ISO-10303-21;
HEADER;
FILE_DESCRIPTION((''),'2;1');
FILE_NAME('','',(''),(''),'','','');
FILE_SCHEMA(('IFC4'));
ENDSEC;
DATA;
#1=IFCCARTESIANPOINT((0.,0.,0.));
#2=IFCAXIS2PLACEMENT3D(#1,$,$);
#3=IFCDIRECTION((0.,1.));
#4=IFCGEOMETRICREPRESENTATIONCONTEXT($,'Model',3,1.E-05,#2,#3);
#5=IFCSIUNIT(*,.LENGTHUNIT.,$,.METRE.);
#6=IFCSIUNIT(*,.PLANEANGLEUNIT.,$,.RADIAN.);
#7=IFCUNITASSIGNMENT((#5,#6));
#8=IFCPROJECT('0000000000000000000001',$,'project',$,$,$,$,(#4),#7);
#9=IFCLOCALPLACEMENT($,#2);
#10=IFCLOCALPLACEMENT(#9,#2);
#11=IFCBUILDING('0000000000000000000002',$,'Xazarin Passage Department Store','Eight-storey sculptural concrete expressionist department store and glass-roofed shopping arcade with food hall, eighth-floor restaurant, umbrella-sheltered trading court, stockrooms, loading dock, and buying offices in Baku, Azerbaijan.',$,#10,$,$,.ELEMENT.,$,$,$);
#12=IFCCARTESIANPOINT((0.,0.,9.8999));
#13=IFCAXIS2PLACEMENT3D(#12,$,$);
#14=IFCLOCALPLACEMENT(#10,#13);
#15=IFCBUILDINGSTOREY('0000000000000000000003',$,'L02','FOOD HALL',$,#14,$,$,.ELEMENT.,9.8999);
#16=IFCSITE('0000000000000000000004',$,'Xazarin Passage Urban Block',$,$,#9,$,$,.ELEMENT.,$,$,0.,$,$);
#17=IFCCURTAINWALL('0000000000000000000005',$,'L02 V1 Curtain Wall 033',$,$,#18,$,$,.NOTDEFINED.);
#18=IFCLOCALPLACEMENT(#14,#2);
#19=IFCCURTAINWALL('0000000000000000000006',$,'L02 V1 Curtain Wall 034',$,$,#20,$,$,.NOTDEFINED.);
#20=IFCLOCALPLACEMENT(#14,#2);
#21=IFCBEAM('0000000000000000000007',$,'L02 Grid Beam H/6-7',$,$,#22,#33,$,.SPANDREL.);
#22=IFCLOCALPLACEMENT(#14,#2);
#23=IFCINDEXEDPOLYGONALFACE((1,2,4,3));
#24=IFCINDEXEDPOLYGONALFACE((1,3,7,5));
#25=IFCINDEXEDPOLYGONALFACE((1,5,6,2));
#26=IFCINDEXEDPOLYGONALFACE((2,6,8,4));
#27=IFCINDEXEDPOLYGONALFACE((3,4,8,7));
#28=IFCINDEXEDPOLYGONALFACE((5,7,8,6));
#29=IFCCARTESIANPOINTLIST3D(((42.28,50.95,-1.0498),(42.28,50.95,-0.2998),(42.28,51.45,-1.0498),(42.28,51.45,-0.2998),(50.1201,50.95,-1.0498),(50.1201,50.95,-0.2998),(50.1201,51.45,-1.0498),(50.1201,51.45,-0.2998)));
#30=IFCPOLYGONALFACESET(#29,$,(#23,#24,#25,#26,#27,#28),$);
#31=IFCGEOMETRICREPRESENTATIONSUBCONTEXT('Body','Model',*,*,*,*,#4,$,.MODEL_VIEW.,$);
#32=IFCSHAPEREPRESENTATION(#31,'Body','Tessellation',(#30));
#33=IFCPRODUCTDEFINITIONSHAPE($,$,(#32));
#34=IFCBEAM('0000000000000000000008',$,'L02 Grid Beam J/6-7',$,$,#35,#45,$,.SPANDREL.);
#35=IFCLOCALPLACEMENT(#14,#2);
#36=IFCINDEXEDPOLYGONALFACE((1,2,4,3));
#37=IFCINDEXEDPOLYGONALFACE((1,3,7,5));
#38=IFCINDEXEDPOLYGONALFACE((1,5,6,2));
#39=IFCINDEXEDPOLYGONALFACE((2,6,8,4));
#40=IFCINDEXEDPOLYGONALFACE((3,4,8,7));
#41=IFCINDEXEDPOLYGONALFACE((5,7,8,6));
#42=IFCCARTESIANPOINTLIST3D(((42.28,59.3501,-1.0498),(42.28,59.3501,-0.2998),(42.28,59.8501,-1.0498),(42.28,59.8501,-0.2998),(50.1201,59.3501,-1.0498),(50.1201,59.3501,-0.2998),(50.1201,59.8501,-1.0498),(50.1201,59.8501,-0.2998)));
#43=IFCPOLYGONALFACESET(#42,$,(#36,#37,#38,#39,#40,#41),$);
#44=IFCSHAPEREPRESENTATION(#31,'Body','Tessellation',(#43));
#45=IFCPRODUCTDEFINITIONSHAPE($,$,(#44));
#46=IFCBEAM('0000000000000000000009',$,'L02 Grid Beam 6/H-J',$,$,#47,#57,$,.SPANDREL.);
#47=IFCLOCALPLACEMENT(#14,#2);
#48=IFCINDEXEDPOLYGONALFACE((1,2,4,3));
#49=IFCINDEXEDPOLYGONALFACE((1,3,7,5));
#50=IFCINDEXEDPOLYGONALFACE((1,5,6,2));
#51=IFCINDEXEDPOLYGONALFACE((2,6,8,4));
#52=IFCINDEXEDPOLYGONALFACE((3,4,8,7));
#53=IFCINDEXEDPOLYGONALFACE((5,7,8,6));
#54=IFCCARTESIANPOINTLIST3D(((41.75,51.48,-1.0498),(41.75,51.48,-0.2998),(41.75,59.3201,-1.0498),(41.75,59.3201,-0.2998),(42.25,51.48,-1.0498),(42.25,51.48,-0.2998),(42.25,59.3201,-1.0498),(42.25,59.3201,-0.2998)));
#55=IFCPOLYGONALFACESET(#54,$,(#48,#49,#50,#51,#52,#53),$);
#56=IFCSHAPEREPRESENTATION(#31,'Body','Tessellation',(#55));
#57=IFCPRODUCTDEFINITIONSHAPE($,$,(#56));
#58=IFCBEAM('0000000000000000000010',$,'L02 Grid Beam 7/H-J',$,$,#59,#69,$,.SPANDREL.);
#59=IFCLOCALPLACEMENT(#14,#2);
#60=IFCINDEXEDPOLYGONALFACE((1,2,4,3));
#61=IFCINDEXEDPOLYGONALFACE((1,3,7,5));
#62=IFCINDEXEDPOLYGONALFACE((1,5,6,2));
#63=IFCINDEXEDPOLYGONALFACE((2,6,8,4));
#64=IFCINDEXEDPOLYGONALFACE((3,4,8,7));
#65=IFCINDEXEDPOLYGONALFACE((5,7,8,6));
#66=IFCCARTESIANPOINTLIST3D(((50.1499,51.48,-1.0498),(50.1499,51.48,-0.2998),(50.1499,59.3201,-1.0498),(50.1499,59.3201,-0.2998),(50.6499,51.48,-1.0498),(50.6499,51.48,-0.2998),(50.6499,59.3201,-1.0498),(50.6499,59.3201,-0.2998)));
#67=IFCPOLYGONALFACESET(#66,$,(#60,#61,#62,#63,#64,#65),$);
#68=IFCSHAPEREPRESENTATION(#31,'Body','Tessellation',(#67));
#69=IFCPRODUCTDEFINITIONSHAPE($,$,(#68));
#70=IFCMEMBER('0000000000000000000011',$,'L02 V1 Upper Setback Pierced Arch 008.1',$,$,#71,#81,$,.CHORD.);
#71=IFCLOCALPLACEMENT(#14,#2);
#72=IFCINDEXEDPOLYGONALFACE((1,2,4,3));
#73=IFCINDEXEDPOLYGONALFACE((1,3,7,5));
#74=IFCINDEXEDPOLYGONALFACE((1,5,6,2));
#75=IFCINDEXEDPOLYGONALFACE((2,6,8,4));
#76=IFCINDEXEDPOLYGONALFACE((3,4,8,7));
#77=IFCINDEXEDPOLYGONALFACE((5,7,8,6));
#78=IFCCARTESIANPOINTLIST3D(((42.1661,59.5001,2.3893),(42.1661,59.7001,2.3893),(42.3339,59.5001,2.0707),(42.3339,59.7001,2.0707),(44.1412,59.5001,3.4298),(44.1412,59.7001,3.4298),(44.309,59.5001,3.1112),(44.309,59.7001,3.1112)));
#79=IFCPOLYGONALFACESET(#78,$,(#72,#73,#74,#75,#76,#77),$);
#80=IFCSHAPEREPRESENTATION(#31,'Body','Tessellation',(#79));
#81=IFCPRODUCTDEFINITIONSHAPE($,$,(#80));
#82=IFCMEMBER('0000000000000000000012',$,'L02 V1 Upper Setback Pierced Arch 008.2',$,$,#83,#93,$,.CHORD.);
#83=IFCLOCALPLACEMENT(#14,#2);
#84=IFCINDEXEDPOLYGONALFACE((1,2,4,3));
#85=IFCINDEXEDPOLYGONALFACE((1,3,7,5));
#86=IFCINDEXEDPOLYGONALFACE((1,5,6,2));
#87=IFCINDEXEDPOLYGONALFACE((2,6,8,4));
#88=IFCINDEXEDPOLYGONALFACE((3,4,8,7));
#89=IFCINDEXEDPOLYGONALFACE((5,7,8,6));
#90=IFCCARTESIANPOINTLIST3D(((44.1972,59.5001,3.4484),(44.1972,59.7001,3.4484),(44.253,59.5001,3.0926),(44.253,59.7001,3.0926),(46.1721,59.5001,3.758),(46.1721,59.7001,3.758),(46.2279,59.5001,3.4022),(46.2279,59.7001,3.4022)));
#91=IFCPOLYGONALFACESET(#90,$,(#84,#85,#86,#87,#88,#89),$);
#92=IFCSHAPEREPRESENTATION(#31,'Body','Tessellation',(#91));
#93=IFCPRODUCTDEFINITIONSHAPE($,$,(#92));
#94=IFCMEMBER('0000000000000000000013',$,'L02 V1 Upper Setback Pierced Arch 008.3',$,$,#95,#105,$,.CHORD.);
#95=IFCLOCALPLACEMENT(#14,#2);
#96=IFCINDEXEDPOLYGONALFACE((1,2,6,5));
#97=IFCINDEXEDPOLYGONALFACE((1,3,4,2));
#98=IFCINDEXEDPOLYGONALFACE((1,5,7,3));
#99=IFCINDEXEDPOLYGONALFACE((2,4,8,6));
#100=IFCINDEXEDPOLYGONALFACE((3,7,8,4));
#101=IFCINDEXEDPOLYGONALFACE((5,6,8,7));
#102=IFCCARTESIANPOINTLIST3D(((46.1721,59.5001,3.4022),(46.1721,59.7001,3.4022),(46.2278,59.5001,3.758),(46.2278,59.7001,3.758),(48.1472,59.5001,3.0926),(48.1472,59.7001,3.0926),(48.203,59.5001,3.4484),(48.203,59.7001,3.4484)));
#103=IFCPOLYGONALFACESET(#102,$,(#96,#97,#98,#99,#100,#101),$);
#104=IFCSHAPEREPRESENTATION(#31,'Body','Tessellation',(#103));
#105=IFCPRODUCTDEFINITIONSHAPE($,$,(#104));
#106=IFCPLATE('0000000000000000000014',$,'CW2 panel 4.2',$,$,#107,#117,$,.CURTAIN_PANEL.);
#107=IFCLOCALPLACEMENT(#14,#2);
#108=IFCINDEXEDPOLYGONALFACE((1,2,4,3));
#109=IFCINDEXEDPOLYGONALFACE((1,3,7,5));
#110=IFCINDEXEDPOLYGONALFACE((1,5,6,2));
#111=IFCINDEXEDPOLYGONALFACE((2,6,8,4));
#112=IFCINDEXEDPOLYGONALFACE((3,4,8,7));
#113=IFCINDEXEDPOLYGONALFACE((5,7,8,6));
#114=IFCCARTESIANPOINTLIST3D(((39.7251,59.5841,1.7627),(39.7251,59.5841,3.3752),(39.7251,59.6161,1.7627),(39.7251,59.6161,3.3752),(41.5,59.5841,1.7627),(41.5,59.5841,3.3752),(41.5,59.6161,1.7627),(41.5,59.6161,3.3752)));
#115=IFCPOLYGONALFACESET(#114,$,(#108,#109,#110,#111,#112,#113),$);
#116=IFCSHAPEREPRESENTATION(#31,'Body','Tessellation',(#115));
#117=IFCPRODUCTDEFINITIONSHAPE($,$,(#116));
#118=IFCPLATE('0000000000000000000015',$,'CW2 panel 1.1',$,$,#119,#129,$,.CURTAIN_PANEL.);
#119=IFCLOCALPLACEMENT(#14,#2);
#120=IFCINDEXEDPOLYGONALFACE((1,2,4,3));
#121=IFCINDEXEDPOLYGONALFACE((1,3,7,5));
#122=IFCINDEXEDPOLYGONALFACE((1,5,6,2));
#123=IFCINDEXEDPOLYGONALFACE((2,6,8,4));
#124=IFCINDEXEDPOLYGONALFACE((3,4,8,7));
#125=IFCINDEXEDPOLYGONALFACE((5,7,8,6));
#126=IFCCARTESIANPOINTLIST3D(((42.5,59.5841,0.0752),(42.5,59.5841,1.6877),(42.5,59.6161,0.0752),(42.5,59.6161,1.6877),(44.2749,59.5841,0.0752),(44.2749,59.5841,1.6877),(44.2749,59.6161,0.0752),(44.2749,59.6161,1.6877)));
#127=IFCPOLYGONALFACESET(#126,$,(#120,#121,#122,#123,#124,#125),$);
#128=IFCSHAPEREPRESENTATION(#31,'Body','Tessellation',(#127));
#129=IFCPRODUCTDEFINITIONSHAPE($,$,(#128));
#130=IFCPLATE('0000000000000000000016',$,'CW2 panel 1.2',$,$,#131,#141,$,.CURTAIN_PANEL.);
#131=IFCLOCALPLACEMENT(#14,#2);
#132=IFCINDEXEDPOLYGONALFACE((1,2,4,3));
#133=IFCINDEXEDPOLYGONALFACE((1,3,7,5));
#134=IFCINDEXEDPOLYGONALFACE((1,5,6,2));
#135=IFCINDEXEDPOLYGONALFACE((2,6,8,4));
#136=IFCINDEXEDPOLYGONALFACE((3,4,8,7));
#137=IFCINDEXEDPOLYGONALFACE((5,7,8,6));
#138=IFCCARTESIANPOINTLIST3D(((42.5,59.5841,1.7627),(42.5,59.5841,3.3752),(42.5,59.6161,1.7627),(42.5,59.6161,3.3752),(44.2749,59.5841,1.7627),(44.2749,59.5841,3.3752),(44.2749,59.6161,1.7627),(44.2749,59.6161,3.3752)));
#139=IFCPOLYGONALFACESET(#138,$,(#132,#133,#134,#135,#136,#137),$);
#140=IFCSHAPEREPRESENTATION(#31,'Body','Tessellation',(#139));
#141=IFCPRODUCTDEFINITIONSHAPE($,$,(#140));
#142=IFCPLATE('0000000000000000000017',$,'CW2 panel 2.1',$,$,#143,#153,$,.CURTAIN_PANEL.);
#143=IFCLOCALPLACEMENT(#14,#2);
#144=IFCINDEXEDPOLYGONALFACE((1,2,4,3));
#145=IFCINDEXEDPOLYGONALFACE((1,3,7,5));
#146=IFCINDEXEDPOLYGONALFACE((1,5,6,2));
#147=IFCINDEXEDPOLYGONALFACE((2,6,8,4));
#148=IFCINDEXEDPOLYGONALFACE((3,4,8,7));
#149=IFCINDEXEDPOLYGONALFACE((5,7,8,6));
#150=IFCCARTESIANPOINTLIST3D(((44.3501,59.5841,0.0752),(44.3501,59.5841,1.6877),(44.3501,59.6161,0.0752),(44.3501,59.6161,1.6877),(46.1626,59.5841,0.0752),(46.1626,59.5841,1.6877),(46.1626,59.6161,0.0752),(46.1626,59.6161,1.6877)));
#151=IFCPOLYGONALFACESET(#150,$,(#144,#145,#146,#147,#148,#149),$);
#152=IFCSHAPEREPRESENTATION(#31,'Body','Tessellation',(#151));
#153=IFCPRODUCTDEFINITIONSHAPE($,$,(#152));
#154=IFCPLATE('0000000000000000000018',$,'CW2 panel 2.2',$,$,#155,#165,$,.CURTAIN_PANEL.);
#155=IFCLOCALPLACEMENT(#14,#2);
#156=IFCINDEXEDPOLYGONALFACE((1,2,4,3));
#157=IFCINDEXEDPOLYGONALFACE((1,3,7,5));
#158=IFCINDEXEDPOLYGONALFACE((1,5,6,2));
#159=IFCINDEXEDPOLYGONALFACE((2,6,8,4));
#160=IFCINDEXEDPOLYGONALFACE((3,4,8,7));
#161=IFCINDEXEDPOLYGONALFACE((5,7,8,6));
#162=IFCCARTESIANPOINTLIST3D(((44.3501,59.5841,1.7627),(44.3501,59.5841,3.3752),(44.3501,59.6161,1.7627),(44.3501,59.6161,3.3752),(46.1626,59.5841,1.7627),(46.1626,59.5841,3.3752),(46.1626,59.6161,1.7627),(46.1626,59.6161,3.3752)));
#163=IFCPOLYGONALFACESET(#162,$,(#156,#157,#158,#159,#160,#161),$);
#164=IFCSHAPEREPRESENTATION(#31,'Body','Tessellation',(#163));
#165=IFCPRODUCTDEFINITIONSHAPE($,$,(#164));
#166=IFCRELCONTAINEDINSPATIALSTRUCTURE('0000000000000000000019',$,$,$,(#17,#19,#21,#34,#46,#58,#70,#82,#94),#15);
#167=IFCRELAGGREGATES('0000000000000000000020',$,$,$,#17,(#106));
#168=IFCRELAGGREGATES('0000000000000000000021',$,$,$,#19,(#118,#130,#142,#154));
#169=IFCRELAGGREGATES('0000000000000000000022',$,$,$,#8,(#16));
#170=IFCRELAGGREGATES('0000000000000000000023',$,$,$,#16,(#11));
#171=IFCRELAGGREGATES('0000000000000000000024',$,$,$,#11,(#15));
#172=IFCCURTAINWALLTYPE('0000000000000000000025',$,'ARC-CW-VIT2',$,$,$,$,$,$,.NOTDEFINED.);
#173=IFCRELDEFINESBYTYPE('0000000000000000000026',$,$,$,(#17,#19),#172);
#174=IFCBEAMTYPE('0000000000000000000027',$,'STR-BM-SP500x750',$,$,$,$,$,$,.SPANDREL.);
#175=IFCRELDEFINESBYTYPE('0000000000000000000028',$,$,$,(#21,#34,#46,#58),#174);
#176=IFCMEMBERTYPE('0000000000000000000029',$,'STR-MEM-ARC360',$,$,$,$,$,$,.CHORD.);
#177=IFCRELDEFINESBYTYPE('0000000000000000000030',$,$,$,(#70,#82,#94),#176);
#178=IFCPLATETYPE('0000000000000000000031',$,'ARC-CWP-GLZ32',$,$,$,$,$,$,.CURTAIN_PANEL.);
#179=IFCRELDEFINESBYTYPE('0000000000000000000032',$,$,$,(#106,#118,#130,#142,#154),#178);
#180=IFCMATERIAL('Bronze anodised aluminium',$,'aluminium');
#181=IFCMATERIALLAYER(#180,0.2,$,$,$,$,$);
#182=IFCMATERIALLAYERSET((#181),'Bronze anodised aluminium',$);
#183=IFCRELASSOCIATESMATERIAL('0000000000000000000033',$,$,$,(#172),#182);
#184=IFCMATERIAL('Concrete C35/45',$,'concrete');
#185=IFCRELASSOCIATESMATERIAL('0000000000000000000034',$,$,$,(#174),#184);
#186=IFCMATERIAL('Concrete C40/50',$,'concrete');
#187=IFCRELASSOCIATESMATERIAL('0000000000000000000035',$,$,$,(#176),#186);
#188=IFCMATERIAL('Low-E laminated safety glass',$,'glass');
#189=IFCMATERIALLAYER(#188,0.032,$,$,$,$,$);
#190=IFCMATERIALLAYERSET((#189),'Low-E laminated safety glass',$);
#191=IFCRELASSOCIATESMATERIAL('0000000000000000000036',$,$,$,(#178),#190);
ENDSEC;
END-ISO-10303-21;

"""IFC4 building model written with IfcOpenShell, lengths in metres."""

from ifc_helpers import new_model, si_unit, direction, frame, origin, origin_2d, place, context, subcontext, project, spatial, rectangle, extrude, material, layer, layer_set, material_profile, profile_set, type_object, element, aggregate, save


model = new_model("IFC4")

# Units and contexts
model_context = context("Model", 3, precision=1e-05, world=origin(), true_north=direction((0.0, 1.0)))
body_context = subcontext(model_context, "Body", "Model", "MODEL_VIEW")
ifc_project = project(units=[si_unit("LENGTHUNIT", "METRE"), si_unit("PLANEANGLEUNIT", "RADIAN")], contexts=[model_context])

# Site, building, storey
site_placement = place(None, origin())
site = spatial("IfcSite", under=ifc_project, at=site_placement, Name="Xazarin Passage Urban Block", CompositionType="ELEMENT", RefElevation=0.0)
building_placement = place(site_placement, origin())
building = spatial("IfcBuilding", under=site, at=building_placement, Name="Xazarin Passage Department Store", Description="Eight-storey sculptural concrete expressionist department store and glass-roofed shopping arcade with food hall, eighth-floor restaurant, umbrella-sheltered trading court, stockrooms, loading dock, and buying offices in Baku, Azerbaijan.", CompositionType="ELEMENT")
storey_placement = place(building_placement, frame((0.0, 0.0, 9.8999)))
storey = spatial("IfcBuildingStorey", under=building, at=storey_placement, Name="L02", Description="FOOD HALL", CompositionType="ELEMENT", Elevation=9.8999)

# Shared definitions
ifc_material_1 = material(Name="Concrete C40/50", Category="concrete")

# Curtain wall
ifc_material_2 = material(Name="Bronze anodised aluminium", Category="aluminium")
ifc_layer_1 = layer(ifc_material_2, 0.2)
ifc_layer_set_1 = layer_set([ifc_layer_1], Name="Bronze anodised aluminium")
curtain_wall_type = type_object("IfcCurtainWallType", Name="ARC-CW-VIT2", PredefinedType="NOTDEFINED", material=ifc_layer_set_1)
curtain_wall_1_placement = place(storey_placement, origin())
curtain_wall_1 = element("IfcCurtainWall", 1, at=curtain_wall_1_placement, inside=storey, type_object=curtain_wall_type, Name="L02 V1 Curtain Wall 033", PredefinedType="NOTDEFINED")

# Curtain wall
curtain_wall_2_placement = place(storey_placement, origin())
curtain_wall_2 = element("IfcCurtainWall", 2, at=curtain_wall_2_placement, inside=storey, type_object=curtain_wall_type, Name="L02 V1 Curtain Wall 034", PredefinedType="NOTDEFINED")

# Beams
ifc_material_3 = material(Name="Concrete C35/45", Category="concrete")
ifc_material_profile_1 = material_profile(ifc_material_3, rectangle(XDim=0.5, YDim=0.75, at=origin_2d()), Name="RC 500x750")
ifc_profile_set_1 = profile_set([ifc_material_profile_1], Name="Concrete C35/45")
beam_type = type_object("IfcBeamType", Name="STR-BM-SP500x750", PredefinedType="SPANDREL", material=ifc_profile_set_1)
for number, where, z_axis, x_axis, name in (
    (3, (42.28, 51.2, -0.6748), (1.0, 0.0, 0.0), (0.0, 1.0, 0.0), "L02 Grid Beam H/6-7"),
    (4, (42.28, 59.6001, -0.6748), (1.0, 0.0, 0.0), (0.0, 1.0, 0.0), "L02 Grid Beam J/6-7"),
    (5, (42.0, 51.48, -0.6748), (0.0, 1.0, 0.0), (-1.0, 0.0, 0.0), "L02 Grid Beam 6/H-J"),
    (6, (50.3999, 51.48, -0.6748), (0.0, 1.0, 0.0), (-1.0, 0.0, 0.0), "L02 Grid Beam 7/H-J"),
):
    element("IfcBeam", number, at=place(storey_placement, frame(where, z_axis=z_axis, x_axis=x_axis)), inside=storey, type_object=beam_type, Name=name, PredefinedType="SPANDREL", context=body_context, shape_type="SweptSolid", body=[
        extrude(rectangle(XDim=0.5, YDim=0.75, at=origin_2d()), origin(), (0.0, 0.0, 1.0), 7.8401),
    ])

# Members
ifc_material_profile_2 = material_profile(ifc_material_1, rectangle(XDim=0.2, YDim=0.3601, at=origin_2d()), Name="RC 200x360")
ifc_profile_set_2 = profile_set([ifc_material_profile_2], Name="Concrete C40/50")
member_type_1 = type_object("IfcMemberType", Name="STR-MEM-ARC360", PredefinedType="CHORD", material=ifc_profile_set_2)
member_1_placement = place(storey_placement, frame((42.25, 59.6001, 2.23), z_axis=(0.884733, 0.0, 0.466098), x_axis=(0.0, 1.0, 0.0)))
element("IfcMember", 7, at=member_1_placement, inside=storey, type_object=member_type_1, Name="L02 V1 Upper Setback Pierced Arch 008.1", PredefinedType="CHORD", context=body_context, shape_type="SweptSolid", body=[
    extrude(rectangle(XDim=0.2, YDim=0.3601, at=origin_2d()), origin(), (0.0, 0.0, 1.0), 2.2324),
])
member_2_placement = place(storey_placement, frame((44.2251, 59.6001, 3.2705), z_axis=(0.987936, 0.0, 0.154865), x_axis=(0.0, 1.0, 0.0)))
element("IfcMember", 8, at=member_2_placement, inside=storey, type_object=member_type_1, Name="L02 V1 Upper Setback Pierced Arch 008.2", PredefinedType="CHORD", context=body_context, shape_type="SweptSolid", body=[
    extrude(rectangle(XDim=0.2, YDim=0.3601, at=origin_2d()), origin(), (0.0, 0.0, 1.0), 1.999),
])
member_3_placement = place(storey_placement, frame((46.2, 59.6001, 3.5801), z_axis=(0.987939, 0.0, -0.154846), x_axis=(0.0, 1.0, 0.0)))
element("IfcMember", 9, at=member_3_placement, inside=storey, type_object=member_type_1, Name="L02 V1 Upper Setback Pierced Arch 008.3", PredefinedType="CHORD", context=body_context, shape_type="SweptSolid", body=[
    extrude(rectangle(XDim=0.2, YDim=0.3601, at=origin_2d()), origin(), (0.0, 0.0, 1.0), 1.9993),
])

# Plates
ifc_material_4 = material(Name="Low-E laminated safety glass", Category="glass")
ifc_layer_2 = layer(ifc_material_4, 0.032)
ifc_layer_set_2 = layer_set([ifc_layer_2], Name="Low-E laminated safety glass")
plate_type = type_object("IfcPlateType", Name="ARC-CWP-GLZ32", PredefinedType="CURTAIN_PANEL", material=ifc_layer_set_2)
plate_1_placement = place(storey_placement, frame((40.6125, 59.6001, 1.7627), z_axis=(0.0, 0.0, 1.0), x_axis=(1.0, 0.0, 0.0)))
plate_1 = element("IfcPlate", 10, at=plate_1_placement, type_object=plate_type, Name="CW2 panel 4.2", PredefinedType="CURTAIN_PANEL", context=body_context, shape_type="SweptSolid", body=[
    extrude(rectangle(XDim=1.7749, YDim=0.032, at=origin_2d()), origin(), (0.0, 0.0, 1.0), 1.6125),
])
aggregate(curtain_wall_1, [plate_1])
plate_2_placement = place(storey_placement, frame((43.3875, 59.6001, 0.0752), z_axis=(0.0, 0.0, 1.0), x_axis=(1.0, 0.0, 0.0)))
plate_2 = element("IfcPlate", 11, at=plate_2_placement, type_object=plate_type, Name="CW2 panel 1.1", PredefinedType="CURTAIN_PANEL", context=body_context, shape_type="SweptSolid", body=[
    extrude(rectangle(XDim=1.7749, YDim=0.032, at=origin_2d()), origin(), (0.0, 0.0, 1.0), 1.6125),
])
plate_3_placement = place(storey_placement, frame((43.3875, 59.6001, 1.7627), z_axis=(0.0, 0.0, 1.0), x_axis=(1.0, 0.0, 0.0)))
plate_3 = element("IfcPlate", 12, at=plate_3_placement, type_object=plate_type, Name="CW2 panel 1.2", PredefinedType="CURTAIN_PANEL", context=body_context, shape_type="SweptSolid", body=[
    extrude(rectangle(XDim=1.7749, YDim=0.032, at=origin_2d()), origin(), (0.0, 0.0, 1.0), 1.6125),
])
plate_4_placement = place(storey_placement, frame((45.2563, 59.6001, 0.0752), z_axis=(0.0, 0.0, 1.0), x_axis=(1.0, 0.0, 0.0)))
plate_4 = element("IfcPlate", 13, at=plate_4_placement, type_object=plate_type, Name="CW2 panel 2.1", PredefinedType="CURTAIN_PANEL", context=body_context, shape_type="SweptSolid", body=[
    extrude(rectangle(XDim=1.8125, YDim=0.032, at=origin_2d()), origin(), (0.0, 0.0, 1.0), 1.6125),
])
plate_5_placement = place(storey_placement, frame((45.2563, 59.6001, 1.7627), z_axis=(0.0, 0.0, 1.0), x_axis=(1.0, 0.0, 0.0)))
plate_5 = element("IfcPlate", 14, at=plate_5_placement, type_object=plate_type, Name="CW2 panel 2.2", PredefinedType="CURTAIN_PANEL", context=body_context, shape_type="SweptSolid", body=[
    extrude(rectangle(XDim=1.8125, YDim=0.032, at=origin_2d()), origin(), (0.0, 0.0, 1.0), 1.6125),
])
aggregate(curtain_wall_2, [plate_2, plate_3, plate_4, plate_5])

save(model, "model.ifc")
